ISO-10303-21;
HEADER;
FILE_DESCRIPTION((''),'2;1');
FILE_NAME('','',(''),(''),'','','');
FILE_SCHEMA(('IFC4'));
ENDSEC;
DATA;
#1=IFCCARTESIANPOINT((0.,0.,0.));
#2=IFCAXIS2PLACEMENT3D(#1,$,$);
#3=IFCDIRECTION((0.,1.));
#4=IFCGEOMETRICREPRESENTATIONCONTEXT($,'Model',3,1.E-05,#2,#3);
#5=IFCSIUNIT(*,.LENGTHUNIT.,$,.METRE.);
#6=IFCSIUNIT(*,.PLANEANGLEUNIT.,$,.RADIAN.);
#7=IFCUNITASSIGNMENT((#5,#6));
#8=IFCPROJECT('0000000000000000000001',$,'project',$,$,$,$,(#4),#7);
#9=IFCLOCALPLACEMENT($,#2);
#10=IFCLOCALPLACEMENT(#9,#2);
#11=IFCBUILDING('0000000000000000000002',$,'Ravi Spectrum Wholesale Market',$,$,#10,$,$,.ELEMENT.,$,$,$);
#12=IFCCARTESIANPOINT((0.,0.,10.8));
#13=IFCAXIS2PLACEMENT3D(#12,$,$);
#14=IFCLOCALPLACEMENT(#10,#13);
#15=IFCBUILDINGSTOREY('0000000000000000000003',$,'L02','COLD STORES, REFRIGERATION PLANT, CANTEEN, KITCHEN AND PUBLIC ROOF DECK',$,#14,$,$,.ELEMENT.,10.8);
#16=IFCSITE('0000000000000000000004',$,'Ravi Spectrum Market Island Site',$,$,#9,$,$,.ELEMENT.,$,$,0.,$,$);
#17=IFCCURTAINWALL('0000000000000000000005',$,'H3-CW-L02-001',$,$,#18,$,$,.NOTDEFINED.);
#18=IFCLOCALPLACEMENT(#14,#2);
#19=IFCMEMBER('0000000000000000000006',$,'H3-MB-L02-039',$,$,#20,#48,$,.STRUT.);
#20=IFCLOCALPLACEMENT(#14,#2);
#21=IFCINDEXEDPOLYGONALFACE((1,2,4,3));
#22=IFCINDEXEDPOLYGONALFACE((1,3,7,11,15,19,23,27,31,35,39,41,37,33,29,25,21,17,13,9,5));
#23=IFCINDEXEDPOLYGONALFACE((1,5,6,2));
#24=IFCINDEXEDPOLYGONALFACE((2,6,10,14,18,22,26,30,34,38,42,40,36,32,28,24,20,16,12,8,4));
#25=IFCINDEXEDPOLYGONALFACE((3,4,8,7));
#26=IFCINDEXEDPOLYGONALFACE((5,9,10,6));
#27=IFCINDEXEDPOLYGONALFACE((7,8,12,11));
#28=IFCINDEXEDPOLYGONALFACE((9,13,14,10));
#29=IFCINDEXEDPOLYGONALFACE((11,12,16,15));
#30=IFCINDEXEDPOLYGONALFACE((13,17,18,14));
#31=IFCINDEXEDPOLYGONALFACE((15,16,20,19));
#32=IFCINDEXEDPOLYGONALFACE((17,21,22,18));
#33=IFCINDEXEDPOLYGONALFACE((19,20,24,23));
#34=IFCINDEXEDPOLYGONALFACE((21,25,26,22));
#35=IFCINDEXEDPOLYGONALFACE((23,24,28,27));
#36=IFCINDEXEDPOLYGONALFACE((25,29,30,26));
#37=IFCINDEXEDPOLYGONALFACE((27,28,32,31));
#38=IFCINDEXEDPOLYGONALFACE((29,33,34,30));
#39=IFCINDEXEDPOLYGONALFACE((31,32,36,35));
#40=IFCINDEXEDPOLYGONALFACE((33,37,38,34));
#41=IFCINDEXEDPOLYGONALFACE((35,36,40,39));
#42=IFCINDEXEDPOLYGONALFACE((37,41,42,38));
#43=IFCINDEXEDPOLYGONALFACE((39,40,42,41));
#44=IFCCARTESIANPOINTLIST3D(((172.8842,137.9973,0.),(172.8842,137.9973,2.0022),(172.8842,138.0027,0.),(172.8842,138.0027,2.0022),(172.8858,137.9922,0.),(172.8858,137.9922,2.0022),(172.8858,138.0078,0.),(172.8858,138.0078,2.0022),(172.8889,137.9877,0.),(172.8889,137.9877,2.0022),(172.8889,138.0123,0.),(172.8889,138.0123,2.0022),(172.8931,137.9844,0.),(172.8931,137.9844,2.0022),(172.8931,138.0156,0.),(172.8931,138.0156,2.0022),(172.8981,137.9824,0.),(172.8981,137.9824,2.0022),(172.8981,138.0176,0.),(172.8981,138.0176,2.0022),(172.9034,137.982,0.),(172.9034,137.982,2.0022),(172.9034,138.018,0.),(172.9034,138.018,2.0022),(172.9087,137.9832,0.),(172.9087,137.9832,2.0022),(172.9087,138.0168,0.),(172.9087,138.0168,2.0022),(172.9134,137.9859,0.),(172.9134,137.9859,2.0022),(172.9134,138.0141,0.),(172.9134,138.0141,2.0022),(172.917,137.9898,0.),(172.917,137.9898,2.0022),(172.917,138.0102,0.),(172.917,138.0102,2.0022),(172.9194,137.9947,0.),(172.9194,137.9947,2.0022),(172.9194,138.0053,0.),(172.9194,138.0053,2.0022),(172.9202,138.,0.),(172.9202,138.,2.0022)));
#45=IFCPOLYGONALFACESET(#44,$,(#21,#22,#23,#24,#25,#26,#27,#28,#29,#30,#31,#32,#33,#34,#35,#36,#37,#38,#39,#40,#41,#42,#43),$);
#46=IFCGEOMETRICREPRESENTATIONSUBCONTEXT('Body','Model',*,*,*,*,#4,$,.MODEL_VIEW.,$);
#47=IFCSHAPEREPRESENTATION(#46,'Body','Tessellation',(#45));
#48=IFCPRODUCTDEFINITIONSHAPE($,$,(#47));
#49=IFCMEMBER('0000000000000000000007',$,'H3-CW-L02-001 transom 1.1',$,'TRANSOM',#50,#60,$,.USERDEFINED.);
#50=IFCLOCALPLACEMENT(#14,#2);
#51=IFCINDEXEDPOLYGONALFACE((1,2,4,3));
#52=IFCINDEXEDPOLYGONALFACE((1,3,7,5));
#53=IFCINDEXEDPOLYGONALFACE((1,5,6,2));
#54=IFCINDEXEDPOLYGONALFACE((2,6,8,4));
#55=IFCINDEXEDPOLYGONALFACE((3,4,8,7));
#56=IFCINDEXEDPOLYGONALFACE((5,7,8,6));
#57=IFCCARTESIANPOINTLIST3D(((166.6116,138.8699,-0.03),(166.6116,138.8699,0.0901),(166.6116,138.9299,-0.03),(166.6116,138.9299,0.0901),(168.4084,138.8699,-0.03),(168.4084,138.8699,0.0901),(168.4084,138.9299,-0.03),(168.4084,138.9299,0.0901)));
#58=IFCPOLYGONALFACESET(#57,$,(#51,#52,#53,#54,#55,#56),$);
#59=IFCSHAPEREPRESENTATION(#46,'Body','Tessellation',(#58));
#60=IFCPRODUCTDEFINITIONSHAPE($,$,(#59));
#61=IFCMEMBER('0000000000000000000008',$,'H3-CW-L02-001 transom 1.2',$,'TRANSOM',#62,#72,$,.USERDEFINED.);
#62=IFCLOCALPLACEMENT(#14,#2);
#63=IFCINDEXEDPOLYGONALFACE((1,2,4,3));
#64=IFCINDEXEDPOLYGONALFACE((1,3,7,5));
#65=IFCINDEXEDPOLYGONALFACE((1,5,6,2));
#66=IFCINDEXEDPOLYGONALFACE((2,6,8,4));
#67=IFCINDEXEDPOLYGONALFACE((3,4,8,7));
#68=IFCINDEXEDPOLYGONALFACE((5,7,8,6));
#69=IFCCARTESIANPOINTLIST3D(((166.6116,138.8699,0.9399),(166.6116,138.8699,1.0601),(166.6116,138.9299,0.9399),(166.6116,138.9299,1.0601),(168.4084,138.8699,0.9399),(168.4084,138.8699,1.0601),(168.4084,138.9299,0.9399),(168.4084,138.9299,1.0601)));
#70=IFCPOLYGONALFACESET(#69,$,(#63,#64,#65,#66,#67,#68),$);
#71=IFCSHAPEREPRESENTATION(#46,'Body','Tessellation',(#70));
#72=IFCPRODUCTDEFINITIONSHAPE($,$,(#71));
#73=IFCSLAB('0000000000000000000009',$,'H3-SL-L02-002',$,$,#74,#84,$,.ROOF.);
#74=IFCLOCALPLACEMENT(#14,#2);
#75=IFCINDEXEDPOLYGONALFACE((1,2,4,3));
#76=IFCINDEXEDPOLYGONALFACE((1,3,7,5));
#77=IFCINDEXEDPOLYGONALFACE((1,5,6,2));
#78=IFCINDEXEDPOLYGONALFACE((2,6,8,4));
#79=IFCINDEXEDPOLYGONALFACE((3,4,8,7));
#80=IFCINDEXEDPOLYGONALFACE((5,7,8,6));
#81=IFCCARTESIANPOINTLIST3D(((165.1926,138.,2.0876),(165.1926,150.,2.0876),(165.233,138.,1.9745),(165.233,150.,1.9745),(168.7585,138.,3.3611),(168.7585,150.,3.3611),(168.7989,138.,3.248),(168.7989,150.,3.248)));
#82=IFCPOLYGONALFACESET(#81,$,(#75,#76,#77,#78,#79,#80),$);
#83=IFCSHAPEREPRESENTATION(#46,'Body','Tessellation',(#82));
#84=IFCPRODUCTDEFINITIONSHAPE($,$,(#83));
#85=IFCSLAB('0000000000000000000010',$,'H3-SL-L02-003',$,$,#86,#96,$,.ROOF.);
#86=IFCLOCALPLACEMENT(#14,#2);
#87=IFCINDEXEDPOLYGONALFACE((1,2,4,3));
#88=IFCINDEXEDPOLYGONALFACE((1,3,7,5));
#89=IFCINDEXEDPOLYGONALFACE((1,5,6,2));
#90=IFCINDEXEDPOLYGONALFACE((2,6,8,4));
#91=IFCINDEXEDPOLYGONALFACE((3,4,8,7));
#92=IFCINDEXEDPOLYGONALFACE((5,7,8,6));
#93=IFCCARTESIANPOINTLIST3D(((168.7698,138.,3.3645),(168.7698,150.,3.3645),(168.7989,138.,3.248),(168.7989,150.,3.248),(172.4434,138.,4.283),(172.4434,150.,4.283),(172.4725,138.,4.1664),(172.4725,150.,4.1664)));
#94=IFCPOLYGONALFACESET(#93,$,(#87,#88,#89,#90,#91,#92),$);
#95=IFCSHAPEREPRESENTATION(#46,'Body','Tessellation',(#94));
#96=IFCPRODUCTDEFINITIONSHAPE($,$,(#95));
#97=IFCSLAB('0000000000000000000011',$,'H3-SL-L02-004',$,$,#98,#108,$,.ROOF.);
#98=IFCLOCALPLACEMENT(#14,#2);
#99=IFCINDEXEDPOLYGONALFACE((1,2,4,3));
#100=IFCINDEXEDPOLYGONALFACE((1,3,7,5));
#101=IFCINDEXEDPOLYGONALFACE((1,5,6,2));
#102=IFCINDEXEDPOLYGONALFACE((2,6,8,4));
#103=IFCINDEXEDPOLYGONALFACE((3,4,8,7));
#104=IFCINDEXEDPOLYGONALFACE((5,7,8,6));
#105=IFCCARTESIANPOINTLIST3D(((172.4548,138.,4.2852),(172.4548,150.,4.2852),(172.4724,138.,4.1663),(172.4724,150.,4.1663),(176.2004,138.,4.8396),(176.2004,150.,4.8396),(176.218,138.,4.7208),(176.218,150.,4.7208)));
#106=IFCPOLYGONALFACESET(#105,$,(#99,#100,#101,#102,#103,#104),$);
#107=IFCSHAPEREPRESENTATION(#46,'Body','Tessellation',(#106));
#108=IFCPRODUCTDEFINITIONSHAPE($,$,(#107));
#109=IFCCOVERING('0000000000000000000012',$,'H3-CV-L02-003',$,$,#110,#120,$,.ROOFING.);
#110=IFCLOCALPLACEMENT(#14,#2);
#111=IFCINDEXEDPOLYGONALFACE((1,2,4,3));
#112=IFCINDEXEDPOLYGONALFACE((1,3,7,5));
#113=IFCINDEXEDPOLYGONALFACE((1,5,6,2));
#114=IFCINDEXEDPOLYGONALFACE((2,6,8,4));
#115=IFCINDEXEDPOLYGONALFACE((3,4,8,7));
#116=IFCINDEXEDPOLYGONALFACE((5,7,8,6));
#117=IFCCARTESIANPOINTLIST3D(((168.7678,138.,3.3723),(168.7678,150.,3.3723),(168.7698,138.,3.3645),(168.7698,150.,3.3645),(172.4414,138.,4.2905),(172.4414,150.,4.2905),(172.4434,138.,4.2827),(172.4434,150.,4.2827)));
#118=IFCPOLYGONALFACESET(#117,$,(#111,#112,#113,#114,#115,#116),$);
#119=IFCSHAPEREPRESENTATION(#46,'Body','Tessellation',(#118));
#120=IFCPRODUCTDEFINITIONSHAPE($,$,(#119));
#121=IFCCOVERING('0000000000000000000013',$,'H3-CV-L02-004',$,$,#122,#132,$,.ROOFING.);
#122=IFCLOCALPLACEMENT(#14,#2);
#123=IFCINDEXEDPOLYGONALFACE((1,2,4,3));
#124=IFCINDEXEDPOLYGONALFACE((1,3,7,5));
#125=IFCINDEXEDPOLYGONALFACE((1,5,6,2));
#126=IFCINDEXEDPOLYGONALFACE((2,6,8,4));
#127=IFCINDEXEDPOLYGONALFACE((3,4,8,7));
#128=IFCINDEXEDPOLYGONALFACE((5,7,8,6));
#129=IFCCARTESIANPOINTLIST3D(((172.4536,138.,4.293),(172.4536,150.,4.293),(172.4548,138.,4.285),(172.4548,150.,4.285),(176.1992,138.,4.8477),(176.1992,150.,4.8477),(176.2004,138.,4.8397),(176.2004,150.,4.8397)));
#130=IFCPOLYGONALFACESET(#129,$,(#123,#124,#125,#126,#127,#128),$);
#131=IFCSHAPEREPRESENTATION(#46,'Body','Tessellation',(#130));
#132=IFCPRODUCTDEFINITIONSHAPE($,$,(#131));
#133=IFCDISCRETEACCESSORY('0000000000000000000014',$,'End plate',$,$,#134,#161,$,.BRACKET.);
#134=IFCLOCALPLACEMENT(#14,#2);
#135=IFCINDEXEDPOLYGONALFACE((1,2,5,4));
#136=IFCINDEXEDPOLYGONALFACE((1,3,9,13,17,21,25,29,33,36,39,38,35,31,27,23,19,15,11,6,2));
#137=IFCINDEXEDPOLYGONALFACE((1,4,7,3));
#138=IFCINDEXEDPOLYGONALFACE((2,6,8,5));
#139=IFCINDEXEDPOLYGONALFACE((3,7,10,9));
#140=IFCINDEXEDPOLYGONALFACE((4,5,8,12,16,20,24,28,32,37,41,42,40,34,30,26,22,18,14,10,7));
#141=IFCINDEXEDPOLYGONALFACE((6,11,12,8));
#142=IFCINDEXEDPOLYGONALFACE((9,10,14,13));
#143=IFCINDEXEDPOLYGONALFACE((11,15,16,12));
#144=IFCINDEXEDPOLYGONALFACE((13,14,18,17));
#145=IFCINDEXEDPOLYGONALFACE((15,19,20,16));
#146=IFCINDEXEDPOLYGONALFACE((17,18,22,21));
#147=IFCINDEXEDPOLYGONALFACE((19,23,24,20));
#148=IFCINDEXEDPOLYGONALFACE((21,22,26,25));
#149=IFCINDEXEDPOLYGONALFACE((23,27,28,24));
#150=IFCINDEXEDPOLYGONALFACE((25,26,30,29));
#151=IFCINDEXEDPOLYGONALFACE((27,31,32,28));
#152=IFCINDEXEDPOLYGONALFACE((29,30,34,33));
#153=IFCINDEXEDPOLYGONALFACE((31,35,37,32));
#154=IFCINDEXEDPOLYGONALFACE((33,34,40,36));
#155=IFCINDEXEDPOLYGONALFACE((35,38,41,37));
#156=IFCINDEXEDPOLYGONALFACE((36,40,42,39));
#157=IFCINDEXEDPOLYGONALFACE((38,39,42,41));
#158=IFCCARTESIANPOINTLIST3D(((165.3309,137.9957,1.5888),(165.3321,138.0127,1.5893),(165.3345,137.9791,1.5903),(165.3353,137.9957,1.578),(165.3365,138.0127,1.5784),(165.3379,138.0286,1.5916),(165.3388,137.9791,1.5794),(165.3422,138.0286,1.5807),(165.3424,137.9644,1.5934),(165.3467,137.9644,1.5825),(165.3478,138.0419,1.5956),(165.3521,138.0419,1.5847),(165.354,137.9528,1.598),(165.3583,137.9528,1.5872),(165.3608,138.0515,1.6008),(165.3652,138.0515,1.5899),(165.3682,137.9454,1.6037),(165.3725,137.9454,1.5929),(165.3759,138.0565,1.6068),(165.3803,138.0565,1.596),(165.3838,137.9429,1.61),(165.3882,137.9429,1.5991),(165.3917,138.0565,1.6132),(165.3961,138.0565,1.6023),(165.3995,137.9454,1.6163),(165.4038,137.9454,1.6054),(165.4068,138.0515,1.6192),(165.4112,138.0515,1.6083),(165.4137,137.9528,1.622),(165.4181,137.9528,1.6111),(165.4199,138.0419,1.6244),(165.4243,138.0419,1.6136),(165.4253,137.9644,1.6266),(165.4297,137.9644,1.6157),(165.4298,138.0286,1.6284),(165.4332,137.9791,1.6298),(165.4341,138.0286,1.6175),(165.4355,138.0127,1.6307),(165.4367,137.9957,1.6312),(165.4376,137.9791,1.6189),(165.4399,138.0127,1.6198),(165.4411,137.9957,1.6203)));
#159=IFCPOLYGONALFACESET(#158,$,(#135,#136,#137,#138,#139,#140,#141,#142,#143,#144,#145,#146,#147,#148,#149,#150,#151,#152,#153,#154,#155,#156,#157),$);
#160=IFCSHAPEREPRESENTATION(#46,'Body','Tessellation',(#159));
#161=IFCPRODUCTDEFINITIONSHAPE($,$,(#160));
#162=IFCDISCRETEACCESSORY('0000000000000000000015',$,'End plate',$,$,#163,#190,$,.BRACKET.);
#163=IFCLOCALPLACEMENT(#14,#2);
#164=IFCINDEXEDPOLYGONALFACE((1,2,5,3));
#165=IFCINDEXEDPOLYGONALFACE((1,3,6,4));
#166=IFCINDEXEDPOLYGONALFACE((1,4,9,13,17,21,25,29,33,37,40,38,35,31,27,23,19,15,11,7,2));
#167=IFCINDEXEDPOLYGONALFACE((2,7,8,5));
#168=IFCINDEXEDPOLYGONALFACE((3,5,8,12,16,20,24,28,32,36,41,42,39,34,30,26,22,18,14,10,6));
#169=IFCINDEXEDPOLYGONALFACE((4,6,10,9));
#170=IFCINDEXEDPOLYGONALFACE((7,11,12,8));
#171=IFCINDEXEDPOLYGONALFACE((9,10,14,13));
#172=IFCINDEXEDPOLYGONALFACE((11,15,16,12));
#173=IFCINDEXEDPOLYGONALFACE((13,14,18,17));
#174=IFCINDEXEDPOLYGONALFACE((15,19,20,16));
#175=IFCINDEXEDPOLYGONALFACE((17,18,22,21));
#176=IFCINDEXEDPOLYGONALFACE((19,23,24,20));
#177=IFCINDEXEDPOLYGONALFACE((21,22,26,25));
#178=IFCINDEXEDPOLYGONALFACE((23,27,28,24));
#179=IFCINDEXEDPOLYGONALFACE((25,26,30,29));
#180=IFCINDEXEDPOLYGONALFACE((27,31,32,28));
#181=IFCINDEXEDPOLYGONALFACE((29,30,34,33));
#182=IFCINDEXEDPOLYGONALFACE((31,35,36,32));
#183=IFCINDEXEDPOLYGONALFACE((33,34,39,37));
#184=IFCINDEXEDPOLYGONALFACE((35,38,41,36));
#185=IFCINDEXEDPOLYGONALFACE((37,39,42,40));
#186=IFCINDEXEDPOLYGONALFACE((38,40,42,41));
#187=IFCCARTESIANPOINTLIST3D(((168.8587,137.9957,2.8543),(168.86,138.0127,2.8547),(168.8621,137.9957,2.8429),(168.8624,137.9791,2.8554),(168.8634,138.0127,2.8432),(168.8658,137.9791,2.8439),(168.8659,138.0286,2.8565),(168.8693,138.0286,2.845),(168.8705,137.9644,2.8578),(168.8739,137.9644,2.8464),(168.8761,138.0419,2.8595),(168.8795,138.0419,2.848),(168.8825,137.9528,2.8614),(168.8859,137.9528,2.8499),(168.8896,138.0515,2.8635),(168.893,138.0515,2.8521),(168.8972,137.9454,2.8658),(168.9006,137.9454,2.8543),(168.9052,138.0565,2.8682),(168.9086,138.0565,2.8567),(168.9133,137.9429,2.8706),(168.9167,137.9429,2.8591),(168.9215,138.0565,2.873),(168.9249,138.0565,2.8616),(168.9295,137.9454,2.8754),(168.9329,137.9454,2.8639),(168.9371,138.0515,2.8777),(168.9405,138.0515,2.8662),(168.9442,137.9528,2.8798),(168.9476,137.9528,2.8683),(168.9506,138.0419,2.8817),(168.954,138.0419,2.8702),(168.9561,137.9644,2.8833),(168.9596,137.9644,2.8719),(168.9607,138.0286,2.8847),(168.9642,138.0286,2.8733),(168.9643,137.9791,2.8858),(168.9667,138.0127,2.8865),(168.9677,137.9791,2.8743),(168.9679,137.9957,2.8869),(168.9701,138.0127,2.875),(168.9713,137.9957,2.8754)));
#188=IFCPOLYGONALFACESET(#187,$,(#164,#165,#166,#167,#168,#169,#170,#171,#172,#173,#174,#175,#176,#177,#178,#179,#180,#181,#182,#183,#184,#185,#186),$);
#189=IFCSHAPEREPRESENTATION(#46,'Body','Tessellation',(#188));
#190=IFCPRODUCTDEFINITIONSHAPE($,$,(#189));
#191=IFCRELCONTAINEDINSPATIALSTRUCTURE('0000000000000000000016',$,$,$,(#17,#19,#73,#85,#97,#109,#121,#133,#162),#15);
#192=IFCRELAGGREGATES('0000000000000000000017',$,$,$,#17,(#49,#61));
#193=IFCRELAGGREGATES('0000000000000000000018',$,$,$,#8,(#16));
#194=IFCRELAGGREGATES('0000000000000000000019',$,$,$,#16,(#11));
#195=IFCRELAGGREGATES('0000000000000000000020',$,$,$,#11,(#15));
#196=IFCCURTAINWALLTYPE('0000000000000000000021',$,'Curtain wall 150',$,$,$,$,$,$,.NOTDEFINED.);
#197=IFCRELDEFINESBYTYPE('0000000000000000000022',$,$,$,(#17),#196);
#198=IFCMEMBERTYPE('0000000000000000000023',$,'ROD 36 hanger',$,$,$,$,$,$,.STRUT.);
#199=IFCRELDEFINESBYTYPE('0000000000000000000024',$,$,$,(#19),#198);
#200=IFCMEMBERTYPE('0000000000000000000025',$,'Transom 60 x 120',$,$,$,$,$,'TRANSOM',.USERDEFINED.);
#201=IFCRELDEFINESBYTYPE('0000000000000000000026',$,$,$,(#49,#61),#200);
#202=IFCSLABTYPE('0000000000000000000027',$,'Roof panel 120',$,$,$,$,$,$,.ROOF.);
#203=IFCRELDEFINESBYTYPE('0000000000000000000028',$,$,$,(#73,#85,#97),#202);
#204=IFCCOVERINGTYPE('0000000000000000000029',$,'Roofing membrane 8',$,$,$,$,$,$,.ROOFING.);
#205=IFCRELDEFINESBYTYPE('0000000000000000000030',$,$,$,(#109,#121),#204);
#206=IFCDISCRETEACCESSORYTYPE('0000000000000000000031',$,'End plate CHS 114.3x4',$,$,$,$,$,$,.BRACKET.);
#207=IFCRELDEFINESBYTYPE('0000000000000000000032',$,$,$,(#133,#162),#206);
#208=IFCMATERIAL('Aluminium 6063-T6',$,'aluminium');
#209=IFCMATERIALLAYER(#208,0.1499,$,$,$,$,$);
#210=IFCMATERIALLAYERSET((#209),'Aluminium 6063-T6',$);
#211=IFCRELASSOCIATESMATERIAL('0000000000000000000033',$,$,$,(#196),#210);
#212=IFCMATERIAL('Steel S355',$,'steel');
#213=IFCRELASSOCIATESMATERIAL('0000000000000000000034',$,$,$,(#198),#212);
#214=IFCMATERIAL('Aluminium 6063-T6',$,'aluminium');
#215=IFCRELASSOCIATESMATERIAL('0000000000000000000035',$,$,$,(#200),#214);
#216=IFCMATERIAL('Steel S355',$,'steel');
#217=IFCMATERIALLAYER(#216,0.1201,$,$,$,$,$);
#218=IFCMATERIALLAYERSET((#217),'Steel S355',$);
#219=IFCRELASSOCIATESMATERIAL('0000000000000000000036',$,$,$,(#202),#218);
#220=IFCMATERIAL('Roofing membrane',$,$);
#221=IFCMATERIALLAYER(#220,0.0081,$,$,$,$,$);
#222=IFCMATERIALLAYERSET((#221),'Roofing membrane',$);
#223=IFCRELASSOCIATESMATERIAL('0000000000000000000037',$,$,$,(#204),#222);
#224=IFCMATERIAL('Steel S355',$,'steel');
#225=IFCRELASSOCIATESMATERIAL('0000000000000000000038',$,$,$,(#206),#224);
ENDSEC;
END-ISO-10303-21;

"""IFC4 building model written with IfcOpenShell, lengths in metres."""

from ifc_helpers import new_model, si_unit, direction, frame, origin, origin_2d, place, context, subcontext, project, spatial, polyline, rectangle, circle, outline, extrude, material, layer, layer_set, material_profile, profile_set, type_object, element, aggregate, save


model = new_model("IFC4")

# Units and contexts
model_context = context("Model", 3, precision=1e-05, world=origin(), true_north=direction((0.0, 1.0)))
body_context = subcontext(model_context, "Body", "Model", "MODEL_VIEW")
ifc_project = project(units=[si_unit("LENGTHUNIT", "METRE"), si_unit("PLANEANGLEUNIT", "RADIAN")], contexts=[model_context])

# Site, building, storey
site_placement = place(None, origin())
site = spatial("IfcSite", under=ifc_project, at=site_placement, Name="Ravi Spectrum Market Island Site", CompositionType="ELEMENT", RefElevation=0.0)
building_placement = place(site_placement, origin())
building = spatial("IfcBuilding", under=site, at=building_placement, Name="Ravi Spectrum Wholesale Market", CompositionType="ELEMENT")
storey_placement = place(building_placement, frame((0.0, 0.0, 10.8)))
storey = spatial("IfcBuildingStorey", under=building, at=storey_placement, Name="L02", Description="COLD STORES, REFRIGERATION PLANT, CANTEEN, KITCHEN AND PUBLIC ROOF DECK", CompositionType="ELEMENT", Elevation=10.8)

# Curtain wall
ifc_material_1 = material(Name="Aluminium 6063-T6", Category="aluminium")
ifc_layer_1 = layer(ifc_material_1, 0.1499)
ifc_layer_set_1 = layer_set([ifc_layer_1], Name="Aluminium 6063-T6")
curtain_wall_type = type_object("IfcCurtainWallType", Name="Curtain wall 150", PredefinedType="NOTDEFINED", material=ifc_layer_set_1)
curtain_wall_placement = place(storey_placement, origin())
curtain_wall = element("IfcCurtainWall", 1, at=curtain_wall_placement, inside=storey, type_object=curtain_wall_type, Name="H3-CW-L02-001", PredefinedType="NOTDEFINED")

# Members
ifc_material_2 = material(Name="Steel S355", Category="steel")
ifc_material_profile_1 = material_profile(ifc_material_2, circle(Radius=0.0181, at=origin_2d()))
ifc_profile_set_1 = profile_set([ifc_material_profile_1], Name="Steel S355")
member_type_1 = type_object("IfcMemberType", Name="ROD 36 hanger", PredefinedType="STRUT", material=ifc_profile_set_1)
member_1_placement = place(storey_placement, frame((172.9021, 138.0, 0.0), z_axis=(0.0, 0.0, 1.0), x_axis=(1.0, 0.0, 0.0)))
element("IfcMember", 2, at=member_1_placement, inside=storey, type_object=member_type_1, Name="H3-MB-L02-039", PredefinedType="STRUT", context=body_context, shape_type="SweptSolid", body=[
    extrude(circle(Radius=0.0181, at=origin_2d()), origin(), (0.0, 0.0, 1.0), 2.0022),
])
ifc_material_3 = material(Name="Aluminium 6063-T6", Category="aluminium")
ifc_material_profile_2 = material_profile(ifc_material_3, rectangle(XDim=0.0601, YDim=0.1201, at=origin_2d()))
ifc_profile_set_2 = profile_set([ifc_material_profile_2], Name="Aluminium 6063-T6")
member_type_2 = type_object("IfcMemberType", Name="Transom 60 x 120", ElementType="TRANSOM", PredefinedType="USERDEFINED", material=ifc_profile_set_2)
member_2_placement = place(storey_placement, frame((166.6116, 138.8999, 0.03), z_axis=(1.0, 0.0, 0.0), x_axis=(0.0, 1.0, 0.0)))
member_2 = element("IfcMember", 3, at=member_2_placement, type_object=member_type_2, Name="H3-CW-L02-001 transom 1.1", ObjectType="TRANSOM", PredefinedType="USERDEFINED", context=body_context, shape_type="SweptSolid", body=[
    extrude(rectangle(XDim=0.0601, YDim=0.1201, at=origin_2d()), origin(), (0.0, 0.0, 1.0), 1.7969),
])
member_3_placement = place(storey_placement, frame((166.6116, 138.8999, 1.0), z_axis=(1.0, 0.0, 0.0), x_axis=(0.0, 1.0, 0.0)))
member_3 = element("IfcMember", 4, at=member_3_placement, type_object=member_type_2, Name="H3-CW-L02-001 transom 1.2", ObjectType="TRANSOM", PredefinedType="USERDEFINED", context=body_context, shape_type="SweptSolid", body=[
    extrude(rectangle(XDim=0.0601, YDim=0.1201, at=origin_2d()), origin(), (0.0, 0.0, 1.0), 1.7969),
])
aggregate(curtain_wall, [member_2, member_3])

# Slabs
ifc_material_4 = material(Name="Steel S355", Category="steel")
ifc_layer_2 = layer(ifc_material_4, 0.1201)
ifc_layer_set_2 = layer_set([ifc_layer_2], Name="Steel S355")
slab_type = type_object("IfcSlabType", Name="Roof panel 120", PredefinedType="ROOF", material=ifc_layer_set_2)
slab_1_placement = place(storey_placement, frame((165.1926, 138.0, 2.0876), z_axis=(-0.336312, 0.0, 0.941751), x_axis=(0.941751, 0.0, 0.336312)))
element("IfcSlab", 5, at=slab_1_placement, inside=storey, type_object=slab_type, Name="H3-SL-L02-002", PredefinedType="ROOF", context=body_context, shape_type="SweptSolid", body=[
    extrude(outline(polyline([(0.0, 0.0), (3.7865, 0.0), (3.7865, 12.0), (0.0, 12.0), (0.0, 0.0)])), origin(), (0.0, 0.0, -1.0), 0.1201),
])
slab_2_placement = place(storey_placement, frame((168.7698, 138.0, 3.3645), z_axis=(-0.242551, 0.0, 0.970139), x_axis=(0.970139, 0.0, 0.242551)))
element("IfcSlab", 6, at=slab_2_placement, inside=storey, type_object=slab_type, Name="H3-SL-L02-003", PredefinedType="ROOF", context=body_context, shape_type="SweptSolid", body=[
    extrude(outline(polyline([(0.0, 0.0), (3.7867, 0.0), (3.7867, 12.0), (0.0, 12.0), (0.0, 0.0)])), origin(), (0.0, 0.0, -1.0), 0.1201),
])
slab_3_placement = place(storey_placement, frame((172.4548, 138.0, 4.2852), z_axis=(-0.146429, 0.0, 0.989221), x_axis=(0.989221, 0.0, 0.146429)))
element("IfcSlab", 7, at=slab_3_placement, inside=storey, type_object=slab_type, Name="H3-SL-L02-004", PredefinedType="ROOF", context=body_context, shape_type="SweptSolid", body=[
    extrude(outline(polyline([(0.0, 0.0), (3.7864, 0.0), (3.7864, 12.0), (0.0, 12.0), (0.0, 0.0)])), origin(), (0.0, 0.0, -1.0), 0.1201),
])

# Coverings
ifc_material_5 = material(Name="Roofing membrane")
ifc_layer_3 = layer(ifc_material_5, 0.0081)
ifc_layer_set_3 = layer_set([ifc_layer_3], Name="Roofing membrane")
covering_type = type_object("IfcCoveringType", Name="Roofing membrane 8", PredefinedType="ROOFING", material=ifc_layer_set_3)
covering_1_placement = place(storey_placement, frame((168.7678, 138.0, 3.3723), z_axis=(-0.24249, 0.0, 0.970154), x_axis=(0.970154, 0.0, 0.24249)))
element("IfcCovering", 8, at=covering_1_placement, inside=storey, type_object=covering_type, Name="H3-CV-L02-003", PredefinedType="ROOFING", context=body_context, shape_type="SweptSolid", body=[
    extrude(outline(polyline([(0.0, 0.0), (3.7866, 0.0), (3.7866, 12.0), (0.0, 12.0), (0.0, 0.0)])), origin(), (0.0, 0.0, -1.0), 0.0081),
])
covering_2_placement = place(storey_placement, frame((172.4536, 138.0, 4.293), z_axis=(-0.146493, 0.0, 0.989212), x_axis=(0.989212, 0.0, 0.146493)))
element("IfcCovering", 9, at=covering_2_placement, inside=storey, type_object=covering_type, Name="H3-CV-L02-004", PredefinedType="ROOFING", context=body_context, shape_type="SweptSolid", body=[
    extrude(outline(polyline([(0.0, 0.0), (3.7865, 0.0), (3.7865, 12.0), (0.0, 12.0), (0.0, 0.0)])), origin(), (0.0, 0.0, -1.0), 0.0081),
])

# Discrete accessories
ifc_material_6 = material(Name="Steel S355", Category="steel")
ifc_material_profile_3 = material_profile(ifc_material_6, circle(Radius=0.0571, at=origin_2d()))
ifc_profile_set_3 = profile_set([ifc_material_profile_3], Name="Steel S355")
discrete_accessory_type_1 = type_object("IfcDiscreteAccessoryType", Name="End plate CHS 114.3x4", PredefinedType="BRACKET", material=ifc_profile_set_3)
discrete_accessory_1_placement = place(storey_placement, frame((165.3882, 138.0, 1.5991), z_axis=(-0.371391, 0.0, 0.928477), x_axis=(0.0, -1.0, 0.0)))
element("IfcDiscreteAccessory", 10, at=discrete_accessory_1_placement, inside=storey, type_object=discrete_accessory_type_1, Name="End plate", PredefinedType="BRACKET", context=body_context, shape_type="SweptSolid", body=[
    extrude(circle(Radius=0.0571, at=origin_2d()), origin(), (0.0, 0.0, 1.0), 0.0117),
])
for number, where, z_axis, x_axis, name in (
    (11, (168.9167, 138.0, 2.8591), (-0.285477, 0.0, 0.958386), (0.0, -1.0, 0.0), "End plate"),
):
    element("IfcDiscreteAccessory", number, at=place(storey_placement, frame(where, z_axis=z_axis, x_axis=x_axis)), inside=storey, type_object=discrete_accessory_type_1, Name=name, PredefinedType="BRACKET", context=body_context, shape_type="SweptSolid", body=[
        extrude(circle(Radius=0.0571, at=origin_2d()), origin(), (0.0, 0.0, 1.0), 0.012),
    ])

save(model, "model.ifc")
